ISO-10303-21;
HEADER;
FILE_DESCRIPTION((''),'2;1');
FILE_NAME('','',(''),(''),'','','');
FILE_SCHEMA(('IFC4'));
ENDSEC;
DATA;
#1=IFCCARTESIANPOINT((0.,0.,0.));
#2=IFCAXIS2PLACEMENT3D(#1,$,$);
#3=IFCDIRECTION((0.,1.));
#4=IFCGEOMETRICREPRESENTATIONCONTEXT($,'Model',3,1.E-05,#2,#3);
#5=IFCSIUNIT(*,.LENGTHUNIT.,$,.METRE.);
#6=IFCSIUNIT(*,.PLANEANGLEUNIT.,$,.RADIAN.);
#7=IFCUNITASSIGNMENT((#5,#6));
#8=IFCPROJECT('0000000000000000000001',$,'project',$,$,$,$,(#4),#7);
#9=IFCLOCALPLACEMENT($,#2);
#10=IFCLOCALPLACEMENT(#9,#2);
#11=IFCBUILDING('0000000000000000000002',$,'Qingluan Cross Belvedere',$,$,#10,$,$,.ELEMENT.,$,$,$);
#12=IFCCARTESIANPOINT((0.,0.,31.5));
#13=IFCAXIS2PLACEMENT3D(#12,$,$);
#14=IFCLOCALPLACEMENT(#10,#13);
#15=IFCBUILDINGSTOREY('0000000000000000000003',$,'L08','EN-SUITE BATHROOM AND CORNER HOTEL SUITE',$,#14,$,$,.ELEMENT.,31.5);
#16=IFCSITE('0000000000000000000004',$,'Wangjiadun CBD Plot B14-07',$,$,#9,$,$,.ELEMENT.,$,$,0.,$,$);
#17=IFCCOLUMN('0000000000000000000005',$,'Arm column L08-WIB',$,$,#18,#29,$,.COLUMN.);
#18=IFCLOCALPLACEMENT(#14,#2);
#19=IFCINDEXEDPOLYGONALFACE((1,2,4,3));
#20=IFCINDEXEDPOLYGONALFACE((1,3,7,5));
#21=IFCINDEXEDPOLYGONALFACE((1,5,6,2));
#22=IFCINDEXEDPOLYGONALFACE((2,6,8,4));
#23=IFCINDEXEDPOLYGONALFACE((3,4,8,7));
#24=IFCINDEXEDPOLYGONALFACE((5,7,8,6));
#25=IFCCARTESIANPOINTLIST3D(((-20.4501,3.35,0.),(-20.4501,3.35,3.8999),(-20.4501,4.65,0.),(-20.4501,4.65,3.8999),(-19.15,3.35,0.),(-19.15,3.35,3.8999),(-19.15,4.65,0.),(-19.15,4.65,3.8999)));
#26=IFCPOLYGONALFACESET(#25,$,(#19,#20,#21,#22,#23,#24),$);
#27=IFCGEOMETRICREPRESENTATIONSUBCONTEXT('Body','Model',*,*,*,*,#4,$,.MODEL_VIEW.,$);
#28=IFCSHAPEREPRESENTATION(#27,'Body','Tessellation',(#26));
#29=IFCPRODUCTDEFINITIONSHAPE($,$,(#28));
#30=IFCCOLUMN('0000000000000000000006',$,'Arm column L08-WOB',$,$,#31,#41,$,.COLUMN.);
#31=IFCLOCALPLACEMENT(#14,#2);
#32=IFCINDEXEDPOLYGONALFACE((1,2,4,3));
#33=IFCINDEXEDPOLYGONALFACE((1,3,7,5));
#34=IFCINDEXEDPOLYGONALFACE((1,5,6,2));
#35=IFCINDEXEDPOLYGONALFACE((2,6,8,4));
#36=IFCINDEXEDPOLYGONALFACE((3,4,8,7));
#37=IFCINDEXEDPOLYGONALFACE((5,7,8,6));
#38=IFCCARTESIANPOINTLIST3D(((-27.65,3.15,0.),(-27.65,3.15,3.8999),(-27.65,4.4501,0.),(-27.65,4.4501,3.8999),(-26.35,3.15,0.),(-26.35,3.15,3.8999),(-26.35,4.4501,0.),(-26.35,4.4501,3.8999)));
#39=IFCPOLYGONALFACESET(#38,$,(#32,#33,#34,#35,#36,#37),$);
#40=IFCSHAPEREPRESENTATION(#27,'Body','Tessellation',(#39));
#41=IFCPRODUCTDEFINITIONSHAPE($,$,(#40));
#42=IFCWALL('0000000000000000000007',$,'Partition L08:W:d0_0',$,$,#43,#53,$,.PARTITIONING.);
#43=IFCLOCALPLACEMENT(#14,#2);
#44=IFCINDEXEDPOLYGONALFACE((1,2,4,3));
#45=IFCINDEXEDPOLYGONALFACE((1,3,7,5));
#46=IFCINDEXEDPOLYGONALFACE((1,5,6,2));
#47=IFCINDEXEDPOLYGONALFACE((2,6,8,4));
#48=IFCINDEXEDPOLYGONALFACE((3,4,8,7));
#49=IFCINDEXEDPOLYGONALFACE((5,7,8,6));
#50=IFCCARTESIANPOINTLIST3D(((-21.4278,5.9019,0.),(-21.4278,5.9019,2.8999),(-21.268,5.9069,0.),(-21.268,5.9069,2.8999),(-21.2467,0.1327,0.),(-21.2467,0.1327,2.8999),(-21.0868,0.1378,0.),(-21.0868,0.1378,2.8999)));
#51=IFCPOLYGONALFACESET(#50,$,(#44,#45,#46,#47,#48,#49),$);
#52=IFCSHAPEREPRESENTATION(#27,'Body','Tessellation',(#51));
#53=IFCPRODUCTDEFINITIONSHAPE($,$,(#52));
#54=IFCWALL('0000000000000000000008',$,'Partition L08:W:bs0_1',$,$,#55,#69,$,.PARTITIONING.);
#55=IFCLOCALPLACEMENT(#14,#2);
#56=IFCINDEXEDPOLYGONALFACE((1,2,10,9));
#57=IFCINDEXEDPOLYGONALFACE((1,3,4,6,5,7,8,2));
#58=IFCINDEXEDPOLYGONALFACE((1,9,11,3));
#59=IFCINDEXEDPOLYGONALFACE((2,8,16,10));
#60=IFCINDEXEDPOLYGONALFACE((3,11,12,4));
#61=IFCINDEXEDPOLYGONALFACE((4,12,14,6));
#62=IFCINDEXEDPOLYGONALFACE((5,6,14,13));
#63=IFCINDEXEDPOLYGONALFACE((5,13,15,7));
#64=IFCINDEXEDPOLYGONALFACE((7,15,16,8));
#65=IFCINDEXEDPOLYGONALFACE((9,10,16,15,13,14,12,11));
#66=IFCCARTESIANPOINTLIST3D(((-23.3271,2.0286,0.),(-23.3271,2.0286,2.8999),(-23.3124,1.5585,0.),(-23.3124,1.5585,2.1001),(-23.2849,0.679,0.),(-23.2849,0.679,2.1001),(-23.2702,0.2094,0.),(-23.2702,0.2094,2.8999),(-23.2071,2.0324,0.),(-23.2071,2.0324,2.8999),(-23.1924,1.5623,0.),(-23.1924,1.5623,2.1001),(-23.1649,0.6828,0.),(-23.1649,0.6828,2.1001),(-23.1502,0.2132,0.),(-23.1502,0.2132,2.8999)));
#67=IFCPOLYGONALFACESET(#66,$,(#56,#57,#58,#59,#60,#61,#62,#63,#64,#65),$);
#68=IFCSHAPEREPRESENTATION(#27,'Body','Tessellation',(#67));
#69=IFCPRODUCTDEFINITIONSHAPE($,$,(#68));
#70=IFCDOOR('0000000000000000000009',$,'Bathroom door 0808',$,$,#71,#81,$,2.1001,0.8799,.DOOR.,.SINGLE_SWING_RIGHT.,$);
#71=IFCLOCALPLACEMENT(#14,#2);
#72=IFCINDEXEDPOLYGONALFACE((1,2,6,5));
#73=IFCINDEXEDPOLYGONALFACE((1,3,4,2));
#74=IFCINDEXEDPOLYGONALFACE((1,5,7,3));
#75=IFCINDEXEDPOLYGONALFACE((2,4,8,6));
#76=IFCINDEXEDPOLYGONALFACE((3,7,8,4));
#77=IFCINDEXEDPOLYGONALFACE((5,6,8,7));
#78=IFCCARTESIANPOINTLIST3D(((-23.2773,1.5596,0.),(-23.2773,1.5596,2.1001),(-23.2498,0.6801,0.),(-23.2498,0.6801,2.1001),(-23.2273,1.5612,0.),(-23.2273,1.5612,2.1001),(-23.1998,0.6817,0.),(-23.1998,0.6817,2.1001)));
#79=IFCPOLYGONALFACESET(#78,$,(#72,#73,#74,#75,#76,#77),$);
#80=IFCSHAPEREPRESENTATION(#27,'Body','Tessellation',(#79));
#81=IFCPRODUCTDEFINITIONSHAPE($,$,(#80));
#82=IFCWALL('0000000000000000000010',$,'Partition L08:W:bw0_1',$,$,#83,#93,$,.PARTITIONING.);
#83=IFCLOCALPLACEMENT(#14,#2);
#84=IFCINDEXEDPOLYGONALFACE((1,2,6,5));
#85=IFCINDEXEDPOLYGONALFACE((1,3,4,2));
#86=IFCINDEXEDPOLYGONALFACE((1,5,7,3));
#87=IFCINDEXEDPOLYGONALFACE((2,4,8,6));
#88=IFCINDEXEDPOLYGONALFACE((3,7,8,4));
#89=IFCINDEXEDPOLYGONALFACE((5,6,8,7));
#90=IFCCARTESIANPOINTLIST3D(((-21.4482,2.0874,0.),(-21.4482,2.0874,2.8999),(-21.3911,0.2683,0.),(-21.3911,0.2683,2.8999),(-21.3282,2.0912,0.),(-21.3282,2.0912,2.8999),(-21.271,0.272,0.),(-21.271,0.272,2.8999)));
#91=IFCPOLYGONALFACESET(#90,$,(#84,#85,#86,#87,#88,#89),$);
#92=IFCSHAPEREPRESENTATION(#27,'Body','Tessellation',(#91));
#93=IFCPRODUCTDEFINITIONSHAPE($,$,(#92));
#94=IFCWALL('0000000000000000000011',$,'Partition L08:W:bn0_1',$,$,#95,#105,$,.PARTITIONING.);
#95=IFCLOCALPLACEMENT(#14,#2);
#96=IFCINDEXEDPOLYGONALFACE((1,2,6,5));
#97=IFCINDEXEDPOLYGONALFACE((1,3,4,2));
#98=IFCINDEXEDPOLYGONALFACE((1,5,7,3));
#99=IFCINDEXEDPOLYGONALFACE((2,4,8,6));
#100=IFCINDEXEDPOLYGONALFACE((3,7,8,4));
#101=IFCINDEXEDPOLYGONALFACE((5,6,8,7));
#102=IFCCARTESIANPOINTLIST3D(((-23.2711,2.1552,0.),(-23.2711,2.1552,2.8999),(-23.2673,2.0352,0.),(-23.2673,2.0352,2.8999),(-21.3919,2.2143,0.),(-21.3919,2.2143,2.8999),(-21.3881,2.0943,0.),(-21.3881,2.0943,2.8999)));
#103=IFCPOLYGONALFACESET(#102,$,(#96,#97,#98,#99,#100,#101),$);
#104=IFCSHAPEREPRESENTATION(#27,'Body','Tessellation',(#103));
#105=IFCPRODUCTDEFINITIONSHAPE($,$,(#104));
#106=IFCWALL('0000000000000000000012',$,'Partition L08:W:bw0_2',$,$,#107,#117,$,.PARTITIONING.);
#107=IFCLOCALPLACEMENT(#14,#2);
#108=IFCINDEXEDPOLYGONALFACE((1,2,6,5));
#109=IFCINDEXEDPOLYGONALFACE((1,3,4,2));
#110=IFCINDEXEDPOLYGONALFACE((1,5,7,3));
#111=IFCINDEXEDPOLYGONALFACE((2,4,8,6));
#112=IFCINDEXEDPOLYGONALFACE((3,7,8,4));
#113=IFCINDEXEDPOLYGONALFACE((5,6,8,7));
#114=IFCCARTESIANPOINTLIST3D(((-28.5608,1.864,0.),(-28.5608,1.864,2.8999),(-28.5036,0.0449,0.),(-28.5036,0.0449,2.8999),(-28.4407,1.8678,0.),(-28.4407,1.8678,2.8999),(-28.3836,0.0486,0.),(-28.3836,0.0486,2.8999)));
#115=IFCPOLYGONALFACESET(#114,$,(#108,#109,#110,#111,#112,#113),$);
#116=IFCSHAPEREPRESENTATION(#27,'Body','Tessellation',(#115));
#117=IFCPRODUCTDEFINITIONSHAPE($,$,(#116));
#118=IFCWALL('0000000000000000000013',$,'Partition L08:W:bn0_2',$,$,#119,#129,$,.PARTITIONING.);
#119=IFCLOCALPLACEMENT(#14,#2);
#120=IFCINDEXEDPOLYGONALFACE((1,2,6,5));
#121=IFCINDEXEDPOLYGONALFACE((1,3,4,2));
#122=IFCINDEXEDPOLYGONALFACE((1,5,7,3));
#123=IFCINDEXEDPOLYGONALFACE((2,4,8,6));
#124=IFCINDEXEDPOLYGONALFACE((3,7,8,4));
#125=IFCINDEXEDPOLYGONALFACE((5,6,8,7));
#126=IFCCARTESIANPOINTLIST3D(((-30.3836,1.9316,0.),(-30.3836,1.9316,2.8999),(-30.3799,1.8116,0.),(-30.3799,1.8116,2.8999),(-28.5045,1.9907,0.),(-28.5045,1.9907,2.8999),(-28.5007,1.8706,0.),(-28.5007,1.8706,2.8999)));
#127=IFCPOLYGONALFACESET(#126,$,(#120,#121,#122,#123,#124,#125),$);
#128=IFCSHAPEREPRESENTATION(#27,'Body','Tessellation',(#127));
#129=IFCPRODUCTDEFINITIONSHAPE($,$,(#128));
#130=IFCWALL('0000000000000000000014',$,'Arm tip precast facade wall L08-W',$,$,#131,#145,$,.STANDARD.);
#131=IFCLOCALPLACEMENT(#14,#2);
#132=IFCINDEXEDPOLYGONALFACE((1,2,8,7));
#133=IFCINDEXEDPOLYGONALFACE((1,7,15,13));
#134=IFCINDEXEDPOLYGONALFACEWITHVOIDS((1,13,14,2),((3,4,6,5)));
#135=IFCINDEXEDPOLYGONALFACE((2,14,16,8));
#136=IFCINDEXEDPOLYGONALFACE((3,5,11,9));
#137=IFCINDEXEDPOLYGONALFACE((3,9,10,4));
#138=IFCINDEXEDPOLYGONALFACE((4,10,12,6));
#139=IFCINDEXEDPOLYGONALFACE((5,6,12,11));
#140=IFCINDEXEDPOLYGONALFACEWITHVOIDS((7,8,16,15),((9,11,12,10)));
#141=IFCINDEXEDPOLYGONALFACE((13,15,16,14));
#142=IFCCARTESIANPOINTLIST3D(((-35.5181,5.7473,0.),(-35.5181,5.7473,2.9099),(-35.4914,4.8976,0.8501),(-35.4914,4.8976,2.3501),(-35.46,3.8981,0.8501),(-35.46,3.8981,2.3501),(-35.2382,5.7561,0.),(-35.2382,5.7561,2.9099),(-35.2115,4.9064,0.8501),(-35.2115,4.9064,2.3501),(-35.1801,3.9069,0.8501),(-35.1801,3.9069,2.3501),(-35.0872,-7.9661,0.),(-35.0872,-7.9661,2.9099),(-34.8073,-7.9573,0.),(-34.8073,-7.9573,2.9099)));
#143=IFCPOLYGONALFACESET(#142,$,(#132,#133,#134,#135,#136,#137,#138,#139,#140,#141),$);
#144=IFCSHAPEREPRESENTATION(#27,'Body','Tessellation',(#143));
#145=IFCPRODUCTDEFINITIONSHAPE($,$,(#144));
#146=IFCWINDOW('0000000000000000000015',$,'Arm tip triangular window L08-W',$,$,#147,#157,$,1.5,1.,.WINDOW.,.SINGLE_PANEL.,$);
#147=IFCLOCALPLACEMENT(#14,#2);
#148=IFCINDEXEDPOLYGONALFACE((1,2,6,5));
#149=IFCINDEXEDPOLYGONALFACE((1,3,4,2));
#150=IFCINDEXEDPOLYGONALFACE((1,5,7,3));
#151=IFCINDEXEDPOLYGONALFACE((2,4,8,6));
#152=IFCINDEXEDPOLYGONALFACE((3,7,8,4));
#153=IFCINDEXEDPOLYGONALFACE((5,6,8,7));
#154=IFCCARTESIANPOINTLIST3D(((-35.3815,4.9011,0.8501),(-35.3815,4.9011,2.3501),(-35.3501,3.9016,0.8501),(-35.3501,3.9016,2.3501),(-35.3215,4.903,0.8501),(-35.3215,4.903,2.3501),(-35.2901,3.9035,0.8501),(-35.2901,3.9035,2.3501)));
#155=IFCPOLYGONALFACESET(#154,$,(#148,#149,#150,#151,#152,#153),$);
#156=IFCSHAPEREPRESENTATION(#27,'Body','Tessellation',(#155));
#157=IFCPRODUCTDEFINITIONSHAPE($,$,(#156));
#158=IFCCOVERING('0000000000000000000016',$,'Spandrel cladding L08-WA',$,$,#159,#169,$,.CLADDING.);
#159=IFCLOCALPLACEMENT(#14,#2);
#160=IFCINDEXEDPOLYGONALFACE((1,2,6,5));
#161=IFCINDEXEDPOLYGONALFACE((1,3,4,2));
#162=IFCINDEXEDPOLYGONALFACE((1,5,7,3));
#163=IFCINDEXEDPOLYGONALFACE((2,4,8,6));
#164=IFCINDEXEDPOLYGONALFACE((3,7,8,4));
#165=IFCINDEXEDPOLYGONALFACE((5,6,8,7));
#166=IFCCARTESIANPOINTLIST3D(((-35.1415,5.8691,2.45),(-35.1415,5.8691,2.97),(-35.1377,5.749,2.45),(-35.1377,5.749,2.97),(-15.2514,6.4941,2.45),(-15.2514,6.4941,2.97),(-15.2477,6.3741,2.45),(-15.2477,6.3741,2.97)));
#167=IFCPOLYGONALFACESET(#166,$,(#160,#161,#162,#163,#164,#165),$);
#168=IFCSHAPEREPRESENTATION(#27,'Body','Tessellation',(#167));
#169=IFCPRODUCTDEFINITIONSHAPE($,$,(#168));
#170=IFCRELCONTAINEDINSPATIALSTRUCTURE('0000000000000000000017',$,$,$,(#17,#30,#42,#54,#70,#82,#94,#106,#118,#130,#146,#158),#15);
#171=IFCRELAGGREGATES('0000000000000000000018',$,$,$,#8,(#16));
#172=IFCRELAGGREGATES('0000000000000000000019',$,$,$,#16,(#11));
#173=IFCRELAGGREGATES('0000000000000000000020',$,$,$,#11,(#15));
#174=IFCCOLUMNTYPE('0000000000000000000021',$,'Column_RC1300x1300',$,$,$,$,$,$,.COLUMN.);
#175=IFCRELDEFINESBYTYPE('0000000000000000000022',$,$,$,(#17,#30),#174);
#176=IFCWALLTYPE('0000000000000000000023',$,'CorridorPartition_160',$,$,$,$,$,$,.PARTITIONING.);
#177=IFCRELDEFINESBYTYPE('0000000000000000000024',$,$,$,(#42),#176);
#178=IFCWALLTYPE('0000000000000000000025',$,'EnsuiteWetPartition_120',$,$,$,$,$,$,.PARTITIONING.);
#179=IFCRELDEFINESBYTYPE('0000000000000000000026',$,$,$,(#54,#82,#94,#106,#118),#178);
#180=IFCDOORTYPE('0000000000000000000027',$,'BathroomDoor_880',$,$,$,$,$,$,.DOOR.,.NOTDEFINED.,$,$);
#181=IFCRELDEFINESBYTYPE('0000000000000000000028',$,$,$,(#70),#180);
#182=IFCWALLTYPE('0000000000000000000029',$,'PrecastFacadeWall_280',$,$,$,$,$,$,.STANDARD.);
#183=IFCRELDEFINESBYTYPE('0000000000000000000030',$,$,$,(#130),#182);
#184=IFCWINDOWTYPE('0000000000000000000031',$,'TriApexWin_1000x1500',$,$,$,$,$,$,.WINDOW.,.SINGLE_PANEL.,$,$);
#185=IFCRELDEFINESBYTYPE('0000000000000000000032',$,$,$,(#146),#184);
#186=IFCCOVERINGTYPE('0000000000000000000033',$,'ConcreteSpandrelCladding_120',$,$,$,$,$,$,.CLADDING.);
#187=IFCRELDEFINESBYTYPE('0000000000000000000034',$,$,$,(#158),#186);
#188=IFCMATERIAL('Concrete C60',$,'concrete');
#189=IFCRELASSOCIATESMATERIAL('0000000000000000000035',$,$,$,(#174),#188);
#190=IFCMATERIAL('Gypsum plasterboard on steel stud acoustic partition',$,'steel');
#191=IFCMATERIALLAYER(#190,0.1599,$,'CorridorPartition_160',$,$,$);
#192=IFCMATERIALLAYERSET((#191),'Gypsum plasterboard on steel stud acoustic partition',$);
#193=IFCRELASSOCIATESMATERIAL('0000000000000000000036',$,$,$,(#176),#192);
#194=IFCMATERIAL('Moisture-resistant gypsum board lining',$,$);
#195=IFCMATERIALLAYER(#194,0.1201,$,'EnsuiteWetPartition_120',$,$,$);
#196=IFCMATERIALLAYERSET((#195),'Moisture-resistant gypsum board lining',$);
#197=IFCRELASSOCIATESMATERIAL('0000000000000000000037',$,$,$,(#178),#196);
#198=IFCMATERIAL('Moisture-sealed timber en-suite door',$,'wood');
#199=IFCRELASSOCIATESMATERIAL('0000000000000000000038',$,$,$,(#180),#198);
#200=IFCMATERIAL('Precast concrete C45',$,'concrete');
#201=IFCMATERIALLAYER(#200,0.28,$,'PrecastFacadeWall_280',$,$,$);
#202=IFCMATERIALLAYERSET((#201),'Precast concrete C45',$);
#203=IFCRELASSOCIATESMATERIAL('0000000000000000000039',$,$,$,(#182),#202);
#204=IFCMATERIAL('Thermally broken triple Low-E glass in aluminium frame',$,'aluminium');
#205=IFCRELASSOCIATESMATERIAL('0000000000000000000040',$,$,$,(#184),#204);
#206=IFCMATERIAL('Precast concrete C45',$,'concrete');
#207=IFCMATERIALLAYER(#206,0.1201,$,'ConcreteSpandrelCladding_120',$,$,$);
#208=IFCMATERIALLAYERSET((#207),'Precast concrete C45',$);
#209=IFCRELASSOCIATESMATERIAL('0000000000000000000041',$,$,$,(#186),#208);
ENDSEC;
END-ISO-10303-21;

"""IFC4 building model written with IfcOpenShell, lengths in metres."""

from ifc_helpers import new_model, si_unit, direction, frame, frame_2d, origin, origin_2d, place, context, subcontext, project, spatial, rectangle, extrude, material, layer, layer_set, material_profile, profile_set, type_object, element, fill, save


model = new_model("IFC4")

# Units and contexts
model_context = context("Model", 3, precision=1e-05, world=origin(), true_north=direction((0.0, 1.0)))
body_context = subcontext(model_context, "Body", "Model", "MODEL_VIEW")
ifc_project = project(units=[si_unit("LENGTHUNIT", "METRE"), si_unit("PLANEANGLEUNIT", "RADIAN")], contexts=[model_context])

# Site, building, storey
site_placement = place(None, origin())
site = spatial("IfcSite", under=ifc_project, at=site_placement, Name="Wangjiadun CBD Plot B14-07", CompositionType="ELEMENT", RefElevation=0.0)
building_placement = place(site_placement, origin())
building = spatial("IfcBuilding", under=site, at=building_placement, Name="Qingluan Cross Belvedere", CompositionType="ELEMENT")
storey_placement = place(building_placement, frame((0.0, 0.0, 31.5)))
storey = spatial("IfcBuildingStorey", under=building, at=storey_placement, Name="L08", Description="EN-SUITE BATHROOM AND CORNER HOTEL SUITE", CompositionType="ELEMENT", Elevation=31.5)

# Columns
ifc_material_1 = material(Name="Concrete C60", Category="concrete")
ifc_material_profile = material_profile(ifc_material_1, rectangle(XDim=1.3, YDim=1.3, at=origin_2d()), Name="RC1300x1300")
ifc_profile_set = profile_set([ifc_material_profile], Name="Concrete C60")
column_type = type_object("IfcColumnType", Name="Column_RC1300x1300", PredefinedType="COLUMN", material=ifc_profile_set)
for number, where, z_axis, x_axis, name in (
    (1, (-19.8, 4.0, 0.0), (0.0, 0.0, 1.0), (1.0, 0.0, 0.0), "Arm column L08-WIB"),
    (2, (-27.0, 3.8, 0.0), (0.0, 0.0, 1.0), (1.0, 0.0, 0.0), "Arm column L08-WOB"),
):
    element("IfcColumn", number, at=place(storey_placement, frame(where, z_axis=z_axis, x_axis=x_axis)), inside=storey, type_object=column_type, Name=name, PredefinedType="COLUMN", context=body_context, shape_type="SweptSolid", body=[
        extrude(rectangle(XDim=1.3, YDim=1.3, at=origin_2d()), origin(), (0.0, 0.0, 1.0), 3.8999),
    ])

# Wall
ifc_material_2 = material(Name="Gypsum plasterboard on steel stud acoustic partition", Category="steel")
ifc_layer_1 = layer(ifc_material_2, 0.1599, Name="CorridorPartition_160")
ifc_layer_set_1 = layer_set([ifc_layer_1], Name="Gypsum plasterboard on steel stud acoustic partition")
wall_type_1 = type_object("IfcWallType", Name="CorridorPartition_160", PredefinedType="PARTITIONING", material=ifc_layer_set_1)
wall_1_placement = place(storey_placement, frame((-21.1667, 0.1353, 0.0), z_axis=(0.0, 0.0, 1.0), x_axis=(-0.031385, 0.999507, 0.0)))
element("IfcWall", 3, at=wall_1_placement, inside=storey, type_object=wall_type_1, Name="Partition L08:W:d0_0", PredefinedType="PARTITIONING", context=body_context, shape_type="SweptSolid", body=[
    extrude(rectangle(XDim=5.772, YDim=0.1599, at=frame_2d((2.886, 0.0))), origin(), (0.0, 0.0, 1.0), 2.8999),
])

# Wall, opening, door
ifc_material_3 = material(Name="Moisture-resistant gypsum board lining")
ifc_layer_2 = layer(ifc_material_3, 0.1201, Name="EnsuiteWetPartition_120")
ifc_layer_set_2 = layer_set([ifc_layer_2], Name="Moisture-resistant gypsum board lining")
wall_type_2 = type_object("IfcWallType", Name="EnsuiteWetPartition_120", PredefinedType="PARTITIONING", material=ifc_layer_set_2)
wall_2_placement = place(storey_placement, frame((-23.2102, 0.2112, 0.0), z_axis=(0.0, 0.0, 1.0), x_axis=(-0.031256, 0.999511, 0.0)))
wall_2 = element("IfcWall", 4, at=wall_2_placement, inside=storey, type_object=wall_type_2, Name="Partition L08:W:bs0_1", PredefinedType="PARTITIONING", context=body_context, shape_type="SweptSolid", body=[
    extrude(rectangle(XDim=1.8201, YDim=0.1201, at=frame_2d((0.9102, 0.0))), origin(), (0.0, 0.0, 1.0), 2.8999),
])
opening_1_placement = place(wall_2_placement, frame((0.47, 0.0, 0.0)))
opening_1 = element("IfcOpeningElement", 5, at=opening_1_placement, cuts=wall_2, PredefinedType="OPENING", context=body_context, shape_type="SweptSolid", body=[
    extrude(rectangle(XDim=0.8799, YDim=2.1001, at=frame_2d((0.4399, 1.05))), frame((0.0, 0.0701, 0.0), z_axis=(0.0, -1.0, 0.0), x_axis=(1.0, 0.0, 0.0)), (0.0, 0.0, 1.0), 0.1401),
])
ifc_material_4 = material(Name="Moisture-sealed timber en-suite door", Category="wood")
door_type = type_object("IfcDoorType", Name="BathroomDoor_880", OperationType="NOTDEFINED", PredefinedType="DOOR", material=ifc_material_4)
door_placement = place(opening_1_placement, origin())
door = element("IfcDoor", 6, at=door_placement, inside=storey, type_object=door_type, Name="Bathroom door 0808", OperationType="SINGLE_SWING_RIGHT", OverallHeight=2.1001, OverallWidth=0.8799, PredefinedType="DOOR", context=body_context, shape_type="SweptSolid", body=[
    extrude(rectangle(XDim=0.8799, YDim=2.1001, at=frame_2d((0.4399, 1.05))), frame((0.0, 0.0249, 0.0), z_axis=(0.0, -1.0, 0.0), x_axis=(1.0, 0.0, 0.0)), (0.0, 0.0, 1.0), 0.05),
])
fill(opening_1, door)

# Walls
wall_3_placement = place(storey_placement, frame((-21.3311, 0.27, 0.0), z_axis=(0.0, 0.0, 1.0), x_axis=(-0.03139, 0.999507, 0.0)))
element("IfcWall", 7, at=wall_3_placement, inside=storey, type_object=wall_type_2, Name="Partition L08:W:bw0_1", PredefinedType="PARTITIONING", context=body_context, shape_type="SweptSolid", body=[
    extrude(rectangle(XDim=1.8201, YDim=0.1201, at=frame_2d((0.9102, 0.0))), origin(), (0.0, 0.0, 1.0), 2.8999),
])
wall_4_placement = place(storey_placement, frame((-21.3901, 2.1543, 0.0), z_axis=(0.0, 0.0, 1.0), x_axis=(-0.999506, -0.031425, 0.0)))
element("IfcWall", 8, at=wall_4_placement, inside=storey, type_object=wall_type_2, Name="Partition L08:W:bn0_1", PredefinedType="PARTITIONING", context=body_context, shape_type="SweptSolid", body=[
    extrude(rectangle(XDim=1.8801, YDim=0.1201, at=frame_2d((0.9399, 0.0))), origin(), (0.0, 0.0, 1.0), 2.8999),
])
wall_5_placement = place(storey_placement, frame((-28.4436, 0.0466, 0.0), z_axis=(0.0, 0.0, 1.0), x_axis=(-0.03139, 0.999507, 0.0)))
element("IfcWall", 9, at=wall_5_placement, inside=storey, type_object=wall_type_2, Name="Partition L08:W:bw0_2", PredefinedType="PARTITIONING", context=body_context, shape_type="SweptSolid", body=[
    extrude(rectangle(XDim=1.8201, YDim=0.1201, at=frame_2d((0.9102, 0.0))), origin(), (0.0, 0.0, 1.0), 2.8999),
])
wall_6_placement = place(storey_placement, frame((-28.5027, 1.9307, 0.0), z_axis=(0.0, 0.0, 1.0), x_axis=(-0.999506, -0.031425, 0.0)))
element("IfcWall", 10, at=wall_6_placement, inside=storey, type_object=wall_type_2, Name="Partition L08:W:bn0_2", PredefinedType="PARTITIONING", context=body_context, shape_type="SweptSolid", body=[
    extrude(rectangle(XDim=1.8801, YDim=0.1201, at=frame_2d((0.9399, 0.0))), origin(), (0.0, 0.0, 1.0), 2.8999),
])

# Wall, opening, window
ifc_material_5 = material(Name="Precast concrete C45", Category="concrete")
ifc_layer_3 = layer(ifc_material_5, 0.28, Name="PrecastFacadeWall_280")
ifc_layer_set_3 = layer_set([ifc_layer_3], Name="Precast concrete C45")
wall_type_3 = type_object("IfcWallType", Name="PrecastFacadeWall_280", PredefinedType="STANDARD", material=ifc_layer_set_3)
wall_7_placement = place(storey_placement, frame((-35.3782, 5.7517, 0.0), z_axis=(0.0, 0.0, 1.0), x_axis=(0.031407, -0.999507, 0.0)))
wall_7 = element("IfcWall", 11, at=wall_7_placement, inside=storey, type_object=wall_type_3, Name="Arm tip precast facade wall L08-W", PredefinedType="STANDARD", context=body_context, shape_type="SweptSolid", body=[
    extrude(rectangle(XDim=13.7202, YDim=0.28, at=frame_2d((6.8601, 0.0))), origin(), (0.0, 0.0, 1.0), 2.9099),
])
opening_2_placement = place(wall_7_placement, frame((0.8501, 0.0, 0.8501)))
opening_2 = element("IfcOpeningElement", 12, at=opening_2_placement, cuts=wall_7, PredefinedType="OPENING", context=body_context, shape_type="SweptSolid", body=[
    extrude(rectangle(XDim=1.0, YDim=1.5, at=frame_2d((0.5, 0.75))), frame((0.0, 0.1499, 0.0), z_axis=(0.0, -1.0, 0.0), x_axis=(1.0, 0.0, 0.0)), (0.0, 0.0, 1.0), 0.3),
])
ifc_material_6 = material(Name="Thermally broken triple Low-E glass in aluminium frame", Category="aluminium")
window_type = type_object("IfcWindowType", Name="TriApexWin_1000x1500", PartitioningType="SINGLE_PANEL", PredefinedType="WINDOW", material=ifc_material_6)
window_placement = place(opening_2_placement, origin())
window = element("IfcWindow", 13, at=window_placement, inside=storey, type_object=window_type, Name="Arm tip triangular window L08-W", OverallHeight=1.5, OverallWidth=1.0, PartitioningType="SINGLE_PANEL", PredefinedType="WINDOW", context=body_context, shape_type="SweptSolid", body=[
    extrude(rectangle(XDim=1.0, YDim=1.5, at=frame_2d((0.5, 0.75))), frame((0.0, 0.03, 0.0), z_axis=(0.0, -1.0, 0.0), x_axis=(1.0, 0.0, 0.0)), (0.0, 0.0, 1.0), 0.0601),
])
fill(opening_2, window)

# Covering
ifc_material_7 = material(Name="Precast concrete C45", Category="concrete")
ifc_layer_4 = layer(ifc_material_7, 0.1201, Name="ConcreteSpandrelCladding_120")
ifc_layer_set_4 = layer_set([ifc_layer_4], Name="Precast concrete C45")
covering_type = type_object("IfcCoveringType", Name="ConcreteSpandrelCladding_120", PredefinedType="CLADDING", material=ifc_layer_set_4)
covering_placement = place(storey_placement, frame((-25.1946, 6.1216, 2.45), z_axis=(0.0, 0.0, 1.0), x_axis=(-0.999507, -0.031408, 0.0)))
element("IfcCovering", 14, at=covering_placement, inside=storey, type_object=covering_type, Name="Spandrel cladding L08-WA", PredefinedType="CLADDING", context=body_context, shape_type="SweptSolid", body=[
    extrude(rectangle(XDim=19.8999, YDim=0.1201, at=origin_2d()), origin(), (0.0, 0.0, 1.0), 0.52),
])

save(model, "model.ifc")
